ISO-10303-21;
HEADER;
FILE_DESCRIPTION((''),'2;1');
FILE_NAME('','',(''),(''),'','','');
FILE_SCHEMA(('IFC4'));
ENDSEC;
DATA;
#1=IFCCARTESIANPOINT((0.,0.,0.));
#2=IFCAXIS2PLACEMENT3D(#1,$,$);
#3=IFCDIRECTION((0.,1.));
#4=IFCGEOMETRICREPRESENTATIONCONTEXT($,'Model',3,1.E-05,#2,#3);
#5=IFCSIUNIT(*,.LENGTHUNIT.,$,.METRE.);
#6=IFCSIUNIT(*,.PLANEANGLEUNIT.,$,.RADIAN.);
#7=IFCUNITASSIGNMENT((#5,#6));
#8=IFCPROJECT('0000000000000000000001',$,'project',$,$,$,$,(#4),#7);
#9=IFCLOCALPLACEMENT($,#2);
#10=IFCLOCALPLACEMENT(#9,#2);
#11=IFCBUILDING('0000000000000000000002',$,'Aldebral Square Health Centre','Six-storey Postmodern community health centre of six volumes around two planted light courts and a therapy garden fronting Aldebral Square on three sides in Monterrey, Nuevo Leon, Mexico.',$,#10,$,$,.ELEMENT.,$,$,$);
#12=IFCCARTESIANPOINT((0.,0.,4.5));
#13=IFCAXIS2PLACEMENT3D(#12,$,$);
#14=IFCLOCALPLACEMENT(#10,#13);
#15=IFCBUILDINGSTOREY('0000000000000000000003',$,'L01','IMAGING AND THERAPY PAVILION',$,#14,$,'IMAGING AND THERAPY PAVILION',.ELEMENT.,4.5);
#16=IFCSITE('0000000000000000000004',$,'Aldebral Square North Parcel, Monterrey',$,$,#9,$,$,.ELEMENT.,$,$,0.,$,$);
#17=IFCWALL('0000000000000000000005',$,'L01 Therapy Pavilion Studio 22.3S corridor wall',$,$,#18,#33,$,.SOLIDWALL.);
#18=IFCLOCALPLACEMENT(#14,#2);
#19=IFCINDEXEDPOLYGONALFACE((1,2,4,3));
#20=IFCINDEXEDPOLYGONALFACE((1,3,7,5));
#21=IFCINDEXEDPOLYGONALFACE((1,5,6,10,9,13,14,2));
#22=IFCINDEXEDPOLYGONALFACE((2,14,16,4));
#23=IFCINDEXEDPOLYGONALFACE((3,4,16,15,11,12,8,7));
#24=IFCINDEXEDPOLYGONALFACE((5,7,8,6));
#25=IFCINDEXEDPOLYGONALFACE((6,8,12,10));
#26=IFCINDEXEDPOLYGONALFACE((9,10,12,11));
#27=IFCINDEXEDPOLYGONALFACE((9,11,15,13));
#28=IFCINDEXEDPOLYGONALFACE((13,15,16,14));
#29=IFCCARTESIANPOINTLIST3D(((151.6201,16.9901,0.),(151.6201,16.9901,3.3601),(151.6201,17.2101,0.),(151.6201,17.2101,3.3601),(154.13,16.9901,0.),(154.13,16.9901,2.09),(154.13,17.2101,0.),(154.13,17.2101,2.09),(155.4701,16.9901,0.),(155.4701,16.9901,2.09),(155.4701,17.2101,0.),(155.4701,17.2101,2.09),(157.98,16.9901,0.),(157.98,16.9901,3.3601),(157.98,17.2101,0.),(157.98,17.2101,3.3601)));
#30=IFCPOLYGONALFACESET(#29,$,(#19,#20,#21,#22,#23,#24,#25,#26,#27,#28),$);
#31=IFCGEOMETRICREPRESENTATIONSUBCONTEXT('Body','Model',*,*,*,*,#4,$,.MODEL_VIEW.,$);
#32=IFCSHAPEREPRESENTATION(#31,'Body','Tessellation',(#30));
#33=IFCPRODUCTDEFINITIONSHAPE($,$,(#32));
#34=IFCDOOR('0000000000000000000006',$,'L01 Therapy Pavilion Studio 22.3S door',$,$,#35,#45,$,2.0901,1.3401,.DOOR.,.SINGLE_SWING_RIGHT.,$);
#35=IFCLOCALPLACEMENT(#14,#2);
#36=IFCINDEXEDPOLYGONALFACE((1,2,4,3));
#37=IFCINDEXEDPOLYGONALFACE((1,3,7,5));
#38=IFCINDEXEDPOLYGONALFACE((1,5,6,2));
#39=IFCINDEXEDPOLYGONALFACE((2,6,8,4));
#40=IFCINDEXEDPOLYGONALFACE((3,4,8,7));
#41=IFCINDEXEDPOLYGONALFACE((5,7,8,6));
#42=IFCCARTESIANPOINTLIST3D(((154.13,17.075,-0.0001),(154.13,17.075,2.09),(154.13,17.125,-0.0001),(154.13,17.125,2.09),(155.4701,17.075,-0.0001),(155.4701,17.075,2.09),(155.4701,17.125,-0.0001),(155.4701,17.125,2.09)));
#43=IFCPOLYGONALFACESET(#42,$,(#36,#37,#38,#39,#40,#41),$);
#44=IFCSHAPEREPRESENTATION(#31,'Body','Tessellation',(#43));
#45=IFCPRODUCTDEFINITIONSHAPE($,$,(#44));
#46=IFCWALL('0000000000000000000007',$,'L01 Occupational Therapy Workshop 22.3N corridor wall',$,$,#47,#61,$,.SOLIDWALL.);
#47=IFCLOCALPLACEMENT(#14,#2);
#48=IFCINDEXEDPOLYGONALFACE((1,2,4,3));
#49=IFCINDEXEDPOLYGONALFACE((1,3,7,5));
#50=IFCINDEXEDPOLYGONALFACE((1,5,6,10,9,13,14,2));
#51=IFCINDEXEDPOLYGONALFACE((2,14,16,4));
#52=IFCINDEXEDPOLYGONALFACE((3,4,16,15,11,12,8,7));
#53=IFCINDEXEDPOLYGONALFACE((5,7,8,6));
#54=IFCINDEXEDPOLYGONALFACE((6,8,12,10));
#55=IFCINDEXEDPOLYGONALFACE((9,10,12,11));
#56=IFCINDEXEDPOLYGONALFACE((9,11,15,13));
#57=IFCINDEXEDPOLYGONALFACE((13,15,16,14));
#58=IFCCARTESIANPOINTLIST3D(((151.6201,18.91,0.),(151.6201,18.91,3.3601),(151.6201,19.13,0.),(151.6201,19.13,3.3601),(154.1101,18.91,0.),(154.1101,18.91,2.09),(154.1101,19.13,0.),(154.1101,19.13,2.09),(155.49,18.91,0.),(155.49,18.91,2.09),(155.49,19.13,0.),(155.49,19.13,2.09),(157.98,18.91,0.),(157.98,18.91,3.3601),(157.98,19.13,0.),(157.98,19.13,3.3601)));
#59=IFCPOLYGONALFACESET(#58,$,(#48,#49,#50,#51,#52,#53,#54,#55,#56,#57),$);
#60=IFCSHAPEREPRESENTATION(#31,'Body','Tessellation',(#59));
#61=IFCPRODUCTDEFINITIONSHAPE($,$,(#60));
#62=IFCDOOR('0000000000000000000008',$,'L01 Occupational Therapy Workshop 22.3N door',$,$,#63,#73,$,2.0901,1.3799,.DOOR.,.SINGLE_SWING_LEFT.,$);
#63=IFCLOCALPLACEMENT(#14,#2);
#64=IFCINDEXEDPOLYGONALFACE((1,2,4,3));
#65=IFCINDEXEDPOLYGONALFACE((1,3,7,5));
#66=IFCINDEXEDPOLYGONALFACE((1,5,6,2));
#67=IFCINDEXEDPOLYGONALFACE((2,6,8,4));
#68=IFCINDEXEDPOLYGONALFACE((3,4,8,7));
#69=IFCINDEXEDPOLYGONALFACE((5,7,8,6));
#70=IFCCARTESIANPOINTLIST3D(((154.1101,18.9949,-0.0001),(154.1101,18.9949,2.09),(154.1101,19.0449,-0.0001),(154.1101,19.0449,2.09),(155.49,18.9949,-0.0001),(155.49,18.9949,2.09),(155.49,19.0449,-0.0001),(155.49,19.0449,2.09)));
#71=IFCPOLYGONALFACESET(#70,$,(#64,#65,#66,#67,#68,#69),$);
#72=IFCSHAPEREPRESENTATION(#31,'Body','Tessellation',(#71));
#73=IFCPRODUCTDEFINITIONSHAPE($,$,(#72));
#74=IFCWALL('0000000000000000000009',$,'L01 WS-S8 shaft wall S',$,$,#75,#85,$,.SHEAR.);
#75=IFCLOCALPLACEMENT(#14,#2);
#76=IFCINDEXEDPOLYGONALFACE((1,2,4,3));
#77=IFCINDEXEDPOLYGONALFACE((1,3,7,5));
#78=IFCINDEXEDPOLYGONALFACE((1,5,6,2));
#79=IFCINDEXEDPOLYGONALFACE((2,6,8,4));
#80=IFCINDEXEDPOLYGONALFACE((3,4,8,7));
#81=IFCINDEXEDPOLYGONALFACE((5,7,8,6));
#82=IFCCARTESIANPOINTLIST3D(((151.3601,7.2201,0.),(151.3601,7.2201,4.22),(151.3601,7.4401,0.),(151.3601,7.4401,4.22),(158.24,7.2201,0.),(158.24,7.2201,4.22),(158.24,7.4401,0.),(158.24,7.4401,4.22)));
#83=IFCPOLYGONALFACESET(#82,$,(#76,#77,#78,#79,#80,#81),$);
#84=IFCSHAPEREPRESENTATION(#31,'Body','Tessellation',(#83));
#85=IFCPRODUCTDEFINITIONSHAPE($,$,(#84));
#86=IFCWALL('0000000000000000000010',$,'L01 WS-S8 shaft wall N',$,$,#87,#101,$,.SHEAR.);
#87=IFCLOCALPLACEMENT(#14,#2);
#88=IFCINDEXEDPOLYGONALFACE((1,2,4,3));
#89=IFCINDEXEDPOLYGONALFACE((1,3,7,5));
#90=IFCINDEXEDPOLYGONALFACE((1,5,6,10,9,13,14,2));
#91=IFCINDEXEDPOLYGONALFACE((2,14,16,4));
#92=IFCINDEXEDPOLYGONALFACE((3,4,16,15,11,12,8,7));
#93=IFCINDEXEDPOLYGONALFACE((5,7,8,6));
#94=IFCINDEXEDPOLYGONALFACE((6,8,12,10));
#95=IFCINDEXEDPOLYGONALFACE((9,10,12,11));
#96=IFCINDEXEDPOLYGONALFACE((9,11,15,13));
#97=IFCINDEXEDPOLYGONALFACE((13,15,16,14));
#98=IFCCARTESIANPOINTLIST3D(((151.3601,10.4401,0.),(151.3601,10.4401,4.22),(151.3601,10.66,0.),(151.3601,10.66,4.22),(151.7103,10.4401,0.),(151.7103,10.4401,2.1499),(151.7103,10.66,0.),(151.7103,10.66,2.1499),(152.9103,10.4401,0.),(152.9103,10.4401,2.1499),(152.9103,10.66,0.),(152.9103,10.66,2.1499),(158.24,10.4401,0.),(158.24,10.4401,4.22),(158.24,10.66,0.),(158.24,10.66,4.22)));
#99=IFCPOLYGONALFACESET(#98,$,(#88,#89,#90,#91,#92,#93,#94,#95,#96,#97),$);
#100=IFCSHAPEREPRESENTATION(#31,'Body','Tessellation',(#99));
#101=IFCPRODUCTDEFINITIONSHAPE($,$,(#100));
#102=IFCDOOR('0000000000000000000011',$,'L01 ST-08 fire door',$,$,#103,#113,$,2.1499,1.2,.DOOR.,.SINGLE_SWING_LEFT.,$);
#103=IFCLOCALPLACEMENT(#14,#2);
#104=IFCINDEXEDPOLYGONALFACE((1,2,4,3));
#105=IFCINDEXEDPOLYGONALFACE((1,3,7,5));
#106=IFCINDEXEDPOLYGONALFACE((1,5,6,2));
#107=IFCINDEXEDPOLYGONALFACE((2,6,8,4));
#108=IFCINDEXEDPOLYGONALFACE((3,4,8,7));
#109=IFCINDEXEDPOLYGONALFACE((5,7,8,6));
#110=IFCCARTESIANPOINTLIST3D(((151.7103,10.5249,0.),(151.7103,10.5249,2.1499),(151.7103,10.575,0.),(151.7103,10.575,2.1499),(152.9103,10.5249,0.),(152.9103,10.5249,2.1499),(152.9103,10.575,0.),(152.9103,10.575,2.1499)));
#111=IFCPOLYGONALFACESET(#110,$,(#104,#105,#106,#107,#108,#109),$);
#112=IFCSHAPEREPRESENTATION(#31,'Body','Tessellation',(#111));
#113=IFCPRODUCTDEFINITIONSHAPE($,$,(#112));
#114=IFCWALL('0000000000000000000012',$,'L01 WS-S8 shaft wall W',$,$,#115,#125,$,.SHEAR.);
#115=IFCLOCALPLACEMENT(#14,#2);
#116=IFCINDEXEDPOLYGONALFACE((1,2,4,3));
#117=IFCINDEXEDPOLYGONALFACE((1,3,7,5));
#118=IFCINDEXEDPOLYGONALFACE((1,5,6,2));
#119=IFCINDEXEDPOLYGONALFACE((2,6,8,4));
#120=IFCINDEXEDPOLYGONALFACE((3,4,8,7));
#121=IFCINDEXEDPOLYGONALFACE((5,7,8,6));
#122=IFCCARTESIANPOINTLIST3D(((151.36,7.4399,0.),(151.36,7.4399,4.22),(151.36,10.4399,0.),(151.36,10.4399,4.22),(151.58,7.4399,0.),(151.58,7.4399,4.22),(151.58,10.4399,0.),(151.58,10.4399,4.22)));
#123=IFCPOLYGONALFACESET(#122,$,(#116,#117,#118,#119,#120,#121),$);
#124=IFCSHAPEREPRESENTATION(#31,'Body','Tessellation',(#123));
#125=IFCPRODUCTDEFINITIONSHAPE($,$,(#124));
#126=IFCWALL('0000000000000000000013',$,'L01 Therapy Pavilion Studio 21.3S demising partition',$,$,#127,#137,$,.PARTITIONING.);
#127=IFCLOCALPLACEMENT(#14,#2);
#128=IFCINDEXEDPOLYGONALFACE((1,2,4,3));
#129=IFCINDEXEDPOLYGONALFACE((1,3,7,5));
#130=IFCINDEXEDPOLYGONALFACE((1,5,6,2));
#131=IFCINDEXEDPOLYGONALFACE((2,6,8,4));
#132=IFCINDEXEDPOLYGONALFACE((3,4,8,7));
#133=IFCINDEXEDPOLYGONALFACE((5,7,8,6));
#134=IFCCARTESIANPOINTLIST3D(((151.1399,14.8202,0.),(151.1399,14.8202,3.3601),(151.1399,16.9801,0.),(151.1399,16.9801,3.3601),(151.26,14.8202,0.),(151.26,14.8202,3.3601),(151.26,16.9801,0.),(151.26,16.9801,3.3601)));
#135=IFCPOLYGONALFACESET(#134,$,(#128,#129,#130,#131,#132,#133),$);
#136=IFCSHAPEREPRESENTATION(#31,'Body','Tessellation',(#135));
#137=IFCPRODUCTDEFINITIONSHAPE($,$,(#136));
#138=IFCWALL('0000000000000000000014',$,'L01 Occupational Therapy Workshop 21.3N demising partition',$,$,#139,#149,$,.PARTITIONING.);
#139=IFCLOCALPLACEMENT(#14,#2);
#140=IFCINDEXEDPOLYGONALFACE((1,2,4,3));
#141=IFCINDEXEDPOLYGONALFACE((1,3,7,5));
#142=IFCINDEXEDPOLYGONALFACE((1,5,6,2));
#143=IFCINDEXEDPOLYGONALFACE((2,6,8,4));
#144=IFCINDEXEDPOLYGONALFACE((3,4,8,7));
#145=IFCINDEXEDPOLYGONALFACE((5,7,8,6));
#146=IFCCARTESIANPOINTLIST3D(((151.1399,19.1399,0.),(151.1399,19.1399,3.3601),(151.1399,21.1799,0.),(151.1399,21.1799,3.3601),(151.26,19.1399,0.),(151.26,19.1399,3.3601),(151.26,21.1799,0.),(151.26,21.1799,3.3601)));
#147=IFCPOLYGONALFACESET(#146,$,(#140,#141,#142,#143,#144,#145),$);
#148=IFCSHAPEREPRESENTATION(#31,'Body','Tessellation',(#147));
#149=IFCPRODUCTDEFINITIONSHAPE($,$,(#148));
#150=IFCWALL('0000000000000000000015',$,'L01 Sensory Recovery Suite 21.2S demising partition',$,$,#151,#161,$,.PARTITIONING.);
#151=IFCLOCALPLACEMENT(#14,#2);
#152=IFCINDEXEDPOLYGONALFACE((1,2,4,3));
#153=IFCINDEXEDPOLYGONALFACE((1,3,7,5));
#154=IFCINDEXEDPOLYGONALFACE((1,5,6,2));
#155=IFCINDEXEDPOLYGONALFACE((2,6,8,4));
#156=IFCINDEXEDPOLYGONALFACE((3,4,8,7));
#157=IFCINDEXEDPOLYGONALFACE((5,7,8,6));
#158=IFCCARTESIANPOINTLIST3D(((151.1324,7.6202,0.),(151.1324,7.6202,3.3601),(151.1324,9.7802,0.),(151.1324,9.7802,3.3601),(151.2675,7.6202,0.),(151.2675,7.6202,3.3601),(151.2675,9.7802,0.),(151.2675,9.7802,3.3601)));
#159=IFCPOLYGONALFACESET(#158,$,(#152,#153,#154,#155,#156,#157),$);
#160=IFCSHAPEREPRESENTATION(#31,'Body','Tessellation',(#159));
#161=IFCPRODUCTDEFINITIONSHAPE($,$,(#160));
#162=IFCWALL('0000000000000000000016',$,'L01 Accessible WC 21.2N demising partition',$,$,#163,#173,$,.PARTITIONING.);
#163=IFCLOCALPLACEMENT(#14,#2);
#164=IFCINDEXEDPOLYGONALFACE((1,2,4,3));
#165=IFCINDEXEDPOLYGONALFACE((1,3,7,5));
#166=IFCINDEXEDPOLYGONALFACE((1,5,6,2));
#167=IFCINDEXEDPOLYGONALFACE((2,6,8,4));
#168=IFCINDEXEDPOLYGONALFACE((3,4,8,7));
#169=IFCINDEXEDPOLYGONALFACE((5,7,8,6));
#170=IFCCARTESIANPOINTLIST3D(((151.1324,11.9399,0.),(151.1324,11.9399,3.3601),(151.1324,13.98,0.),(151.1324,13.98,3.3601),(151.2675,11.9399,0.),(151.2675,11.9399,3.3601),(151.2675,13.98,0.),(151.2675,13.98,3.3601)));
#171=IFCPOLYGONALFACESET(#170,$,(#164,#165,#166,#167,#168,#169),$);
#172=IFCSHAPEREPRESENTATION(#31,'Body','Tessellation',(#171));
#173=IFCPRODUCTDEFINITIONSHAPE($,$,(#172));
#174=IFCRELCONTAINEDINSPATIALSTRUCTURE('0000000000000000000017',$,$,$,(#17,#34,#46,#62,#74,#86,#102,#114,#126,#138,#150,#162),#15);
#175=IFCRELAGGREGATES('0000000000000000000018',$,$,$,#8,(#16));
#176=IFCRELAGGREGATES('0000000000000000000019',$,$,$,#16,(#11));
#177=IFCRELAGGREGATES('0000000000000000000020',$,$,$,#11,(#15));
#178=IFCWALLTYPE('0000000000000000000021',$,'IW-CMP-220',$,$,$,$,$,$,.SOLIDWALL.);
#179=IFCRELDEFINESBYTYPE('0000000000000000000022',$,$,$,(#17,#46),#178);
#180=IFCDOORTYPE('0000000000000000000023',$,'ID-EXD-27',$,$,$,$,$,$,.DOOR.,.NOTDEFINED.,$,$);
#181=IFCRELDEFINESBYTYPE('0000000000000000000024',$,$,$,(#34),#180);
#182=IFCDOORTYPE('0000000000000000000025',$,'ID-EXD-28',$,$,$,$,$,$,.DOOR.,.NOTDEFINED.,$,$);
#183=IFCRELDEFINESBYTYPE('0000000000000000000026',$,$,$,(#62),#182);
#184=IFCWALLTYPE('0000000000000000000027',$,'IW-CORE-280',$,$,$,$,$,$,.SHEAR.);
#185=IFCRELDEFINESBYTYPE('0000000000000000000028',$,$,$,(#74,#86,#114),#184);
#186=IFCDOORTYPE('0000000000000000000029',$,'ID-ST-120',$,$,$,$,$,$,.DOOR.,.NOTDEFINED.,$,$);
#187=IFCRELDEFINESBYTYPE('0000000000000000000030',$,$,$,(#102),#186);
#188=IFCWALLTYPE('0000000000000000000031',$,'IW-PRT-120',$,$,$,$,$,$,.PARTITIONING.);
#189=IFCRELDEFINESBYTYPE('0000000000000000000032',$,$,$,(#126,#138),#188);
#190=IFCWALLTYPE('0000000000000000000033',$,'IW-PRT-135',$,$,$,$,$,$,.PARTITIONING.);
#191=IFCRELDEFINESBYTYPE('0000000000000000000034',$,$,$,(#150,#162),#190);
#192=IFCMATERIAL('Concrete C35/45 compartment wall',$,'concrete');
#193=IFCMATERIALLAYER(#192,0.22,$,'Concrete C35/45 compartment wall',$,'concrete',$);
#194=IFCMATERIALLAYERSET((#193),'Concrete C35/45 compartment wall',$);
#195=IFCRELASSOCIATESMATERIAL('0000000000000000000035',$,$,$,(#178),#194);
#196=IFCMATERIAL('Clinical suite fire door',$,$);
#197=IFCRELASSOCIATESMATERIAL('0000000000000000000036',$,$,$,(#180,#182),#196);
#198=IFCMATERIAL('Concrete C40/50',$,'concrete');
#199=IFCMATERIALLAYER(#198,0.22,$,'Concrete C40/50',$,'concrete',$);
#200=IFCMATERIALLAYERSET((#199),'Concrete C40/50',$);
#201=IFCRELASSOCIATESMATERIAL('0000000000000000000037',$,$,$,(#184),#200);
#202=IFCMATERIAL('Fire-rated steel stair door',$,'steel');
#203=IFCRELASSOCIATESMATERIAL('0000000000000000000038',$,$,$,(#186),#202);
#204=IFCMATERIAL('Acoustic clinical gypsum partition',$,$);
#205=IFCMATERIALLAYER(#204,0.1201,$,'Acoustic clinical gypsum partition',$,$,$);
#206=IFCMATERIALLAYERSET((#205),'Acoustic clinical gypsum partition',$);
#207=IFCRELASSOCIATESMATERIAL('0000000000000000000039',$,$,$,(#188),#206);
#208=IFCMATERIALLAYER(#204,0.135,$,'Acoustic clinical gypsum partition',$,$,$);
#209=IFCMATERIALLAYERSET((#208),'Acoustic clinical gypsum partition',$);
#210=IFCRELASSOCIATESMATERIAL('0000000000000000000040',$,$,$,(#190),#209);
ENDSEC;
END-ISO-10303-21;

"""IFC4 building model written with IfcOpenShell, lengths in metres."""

from ifc_helpers import new_model, si_unit, direction, frame, frame_2d, origin, place, context, subcontext, project, spatial, rectangle, extrude, material, layer, layer_set, type_object, element, fill, save


model = new_model("IFC4")

# Units and contexts
model_context = context("Model", 3, precision=1e-05, world=origin(), true_north=direction((0.0, 1.0)))
body_context = subcontext(model_context, "Body", "Model", "MODEL_VIEW")
ifc_project = project(units=[si_unit("LENGTHUNIT", "METRE"), si_unit("PLANEANGLEUNIT", "RADIAN")], contexts=[model_context])

# Site, building, storey
site_placement = place(None, origin())
site = spatial("IfcSite", under=ifc_project, at=site_placement, Name="Aldebral Square North Parcel, Monterrey", CompositionType="ELEMENT", RefElevation=0.0)
building_placement = place(site_placement, origin())
building = spatial("IfcBuilding", under=site, at=building_placement, Name="Aldebral Square Health Centre", Description="Six-storey Postmodern community health centre of six volumes around two planted light courts and a therapy garden fronting Aldebral Square on three sides in Monterrey, Nuevo Leon, Mexico.", CompositionType="ELEMENT")
storey_placement = place(building_placement, frame((0.0, 0.0, 4.5)))
storey = spatial("IfcBuildingStorey", under=building, at=storey_placement, Name="L01", Description="IMAGING AND THERAPY PAVILION", LongName="IMAGING AND THERAPY PAVILION", CompositionType="ELEMENT", Elevation=4.5)

# Shared definitions
ifc_material_1 = material(Name="Concrete C40/50", Category="concrete")

# Walls, openings, doors
ifc_material_2 = material(Name="Concrete C35/45 compartment wall", Category="concrete")
ifc_layer_1 = layer(ifc_material_2, 0.22, Name="Concrete C35/45 compartment wall", Category="concrete")
ifc_layer_set_1 = layer_set([ifc_layer_1], Name="Concrete C35/45 compartment wall")
wall_type_1 = type_object("IfcWallType", Name="IW-CMP-220", PredefinedType="SOLIDWALL", material=ifc_layer_set_1)
wall_1_placement = place(storey_placement, frame((151.6201, 17.1001, 0.0), z_axis=(0.0, 0.0, 1.0), x_axis=(1.0, 0.0, 0.0)))
wall_1 = element("IfcWall", 1, at=wall_1_placement, inside=storey, type_object=wall_type_1, Name="L01 Therapy Pavilion Studio 22.3S corridor wall", PredefinedType="SOLIDWALL", context=body_context, shape_type="SweptSolid", body=[
    extrude(rectangle(XDim=6.3599, YDim=0.22, at=frame_2d((3.1799, 0.0))), origin(), (0.0, 0.0, 1.0), 3.3601),
])
opening_1_placement = place(wall_1_placement, frame((2.51, 0.0, 0.0)))
opening_1 = element("IfcOpeningElement", 2, at=opening_1_placement, cuts=wall_1, PredefinedType="OPENING", context=body_context, shape_type="SweptSolid", body=[
    extrude(rectangle(XDim=1.3401, YDim=2.0901, at=frame_2d((0.6699, 1.0449))), frame((0.0, 0.1201, 0.0), z_axis=(0.0, -1.0, 0.0), x_axis=(1.0, 0.0, 0.0)), (0.0, 0.0, 1.0), 0.24),
])
ifc_material_3 = material(Name="Clinical suite fire door")
door_type_1 = type_object("IfcDoorType", Name="ID-EXD-27", OperationType="NOTDEFINED", PredefinedType="DOOR", material=ifc_material_3)
door_1_placement = place(opening_1_placement, origin())
door_1 = element("IfcDoor", 3, at=door_1_placement, inside=storey, type_object=door_type_1, Name="L01 Therapy Pavilion Studio 22.3S door", OperationType="SINGLE_SWING_RIGHT", OverallHeight=2.0901, OverallWidth=1.3401, PredefinedType="DOOR", context=body_context, shape_type="SweptSolid", body=[
    extrude(rectangle(XDim=1.3401, YDim=2.0901, at=frame_2d((0.6699, 1.0449))), frame((0.0, 0.0249, 0.0), z_axis=(0.0, -1.0, 0.0), x_axis=(1.0, 0.0, 0.0)), (0.0, 0.0, 1.0), 0.05),
])
fill(opening_1, door_1)
wall_2_placement = place(storey_placement, frame((151.6201, 19.02, 0.0), z_axis=(0.0, 0.0, 1.0), x_axis=(1.0, 0.0, 0.0)))
wall_2 = element("IfcWall", 4, at=wall_2_placement, inside=storey, type_object=wall_type_1, Name="L01 Occupational Therapy Workshop 22.3N corridor wall", PredefinedType="SOLIDWALL", context=body_context, shape_type="SweptSolid", body=[
    extrude(rectangle(XDim=6.3599, YDim=0.22, at=frame_2d((3.1799, 0.0))), origin(), (0.0, 0.0, 1.0), 3.3601),
])
opening_2_placement = place(wall_2_placement, frame((2.49, 0.0, 0.0)))
opening_2 = element("IfcOpeningElement", 5, at=opening_2_placement, cuts=wall_2, PredefinedType="OPENING", context=body_context, shape_type="SweptSolid", body=[
    extrude(rectangle(XDim=1.3799, YDim=2.0901, at=frame_2d((0.6899, 1.0449))), frame((0.0, 0.1201, 0.0), z_axis=(0.0, -1.0, 0.0), x_axis=(1.0, 0.0, 0.0)), (0.0, 0.0, 1.0), 0.24),
])
door_type_2 = type_object("IfcDoorType", Name="ID-EXD-28", OperationType="NOTDEFINED", PredefinedType="DOOR", material=ifc_material_3)
door_2_placement = place(opening_2_placement, origin())
door_2 = element("IfcDoor", 6, at=door_2_placement, inside=storey, type_object=door_type_2, Name="L01 Occupational Therapy Workshop 22.3N door", OperationType="SINGLE_SWING_LEFT", OverallHeight=2.0901, OverallWidth=1.3799, PredefinedType="DOOR", context=body_context, shape_type="SweptSolid", body=[
    extrude(rectangle(XDim=1.3799, YDim=2.0901, at=frame_2d((0.6899, 1.0449))), frame((0.0, 0.0249, 0.0), z_axis=(0.0, -1.0, 0.0), x_axis=(1.0, 0.0, 0.0)), (0.0, 0.0, 1.0), 0.05),
])
fill(opening_2, door_2)

# Wall
ifc_layer_2 = layer(ifc_material_1, 0.22, Name="Concrete C40/50", Category="concrete")
ifc_layer_set_2 = layer_set([ifc_layer_2], Name="Concrete C40/50")
wall_type_2 = type_object("IfcWallType", Name="IW-CORE-280", PredefinedType="SHEAR", material=ifc_layer_set_2)
wall_3_placement = place(storey_placement, frame((151.3601, 7.3301, 0.0), z_axis=(0.0, 0.0, 1.0), x_axis=(1.0, 0.0, 0.0)))
element("IfcWall", 7, at=wall_3_placement, inside=storey, type_object=wall_type_2, Name="L01 WS-S8 shaft wall S", PredefinedType="SHEAR", context=body_context, shape_type="SweptSolid", body=[
    extrude(rectangle(XDim=6.8799, YDim=0.22, at=frame_2d((3.4399, 0.0))), origin(), (0.0, 0.0, 1.0), 4.22),
])

# Wall, opening, door
wall_4_placement = place(storey_placement, frame((151.3601, 10.55, 0.0), z_axis=(0.0, 0.0, 1.0), x_axis=(1.0, 0.0, 0.0)))
wall_4 = element("IfcWall", 8, at=wall_4_placement, inside=storey, type_object=wall_type_2, Name="L01 WS-S8 shaft wall N", PredefinedType="SHEAR", context=body_context, shape_type="SweptSolid", body=[
    extrude(rectangle(XDim=6.8799, YDim=0.22, at=frame_2d((3.4399, 0.0))), origin(), (0.0, 0.0, 1.0), 4.22),
])
opening_3_placement = place(wall_4_placement, frame((0.3501, 0.0, 0.0)))
opening_3 = element("IfcOpeningElement", 9, at=opening_3_placement, cuts=wall_4, PredefinedType="OPENING", context=body_context, shape_type="SweptSolid", body=[
    extrude(rectangle(XDim=1.2, YDim=2.1499, at=frame_2d((0.6001, 1.075))), frame((0.0, 0.1201, 0.0), z_axis=(0.0, -1.0, 0.0), x_axis=(1.0, 0.0, 0.0)), (0.0, 0.0, 1.0), 0.24),
])
ifc_material_4 = material(Name="Fire-rated steel stair door", Category="steel")
door_type_3 = type_object("IfcDoorType", Name="ID-ST-120", OperationType="NOTDEFINED", PredefinedType="DOOR", material=ifc_material_4)
door_3_placement = place(opening_3_placement, origin())
door_3 = element("IfcDoor", 10, at=door_3_placement, inside=storey, type_object=door_type_3, Name="L01 ST-08 fire door", OperationType="SINGLE_SWING_LEFT", OverallHeight=2.1499, OverallWidth=1.2, PredefinedType="DOOR", context=body_context, shape_type="SweptSolid", body=[
    extrude(rectangle(XDim=1.2, YDim=2.1499, at=frame_2d((0.6001, 1.075))), frame((0.0, 0.0249, 0.0), z_axis=(0.0, -1.0, 0.0), x_axis=(1.0, 0.0, 0.0)), (0.0, 0.0, 1.0), 0.05),
])
fill(opening_3, door_3)

# Walls
wall_5_placement = place(storey_placement, frame((151.47, 7.4399, 0.0), z_axis=(0.0, 0.0, 1.0), x_axis=(0.0, 1.0, 0.0)))
element("IfcWall", 11, at=wall_5_placement, inside=storey, type_object=wall_type_2, Name="L01 WS-S8 shaft wall W", PredefinedType="SHEAR", context=body_context, shape_type="SweptSolid", body=[
    extrude(rectangle(XDim=3.0, YDim=0.22, at=frame_2d((1.5, 0.0))), origin(), (0.0, 0.0, 1.0), 4.22),
])
ifc_material_5 = material(Name="Acoustic clinical gypsum partition")
ifc_layer_3 = layer(ifc_material_5, 0.1201, Name="Acoustic clinical gypsum partition")
ifc_layer_set_3 = layer_set([ifc_layer_3], Name="Acoustic clinical gypsum partition")
wall_type_3 = type_object("IfcWallType", Name="IW-PRT-120", PredefinedType="PARTITIONING", material=ifc_layer_set_3)
wall_6_placement = place(storey_placement, frame((151.2, 14.8201, 0.0), z_axis=(0.0, 0.0, 1.0), x_axis=(0.0, 1.0, 0.0)))
element("IfcWall", 12, at=wall_6_placement, inside=storey, type_object=wall_type_3, Name="L01 Therapy Pavilion Studio 21.3S demising partition", PredefinedType="PARTITIONING", context=body_context, shape_type="SweptSolid", body=[
    extrude(rectangle(XDim=2.1599, YDim=0.1201, at=frame_2d((1.0801, 0.0))), origin(), (0.0, 0.0, 1.0), 3.3601),
])
wall_7_placement = place(storey_placement, frame((151.2, 19.1399, 0.0), z_axis=(0.0, 0.0, 1.0), x_axis=(0.0, 1.0, 0.0)))
element("IfcWall", 13, at=wall_7_placement, inside=storey, type_object=wall_type_3, Name="L01 Occupational Therapy Workshop 21.3N demising partition", PredefinedType="PARTITIONING", context=body_context, shape_type="SweptSolid", body=[
    extrude(rectangle(XDim=2.04, YDim=0.1201, at=frame_2d((1.02, 0.0))), origin(), (0.0, 0.0, 1.0), 3.3601),
])
ifc_layer_4 = layer(ifc_material_5, 0.135, Name="Acoustic clinical gypsum partition")
ifc_layer_set_4 = layer_set([ifc_layer_4], Name="Acoustic clinical gypsum partition")
wall_type_4 = type_object("IfcWallType", Name="IW-PRT-135", PredefinedType="PARTITIONING", material=ifc_layer_set_4)
wall_8_placement = place(storey_placement, frame((151.2, 7.6201, 0.0), z_axis=(0.0, 0.0, 1.0), x_axis=(0.0, 1.0, 0.0)))
element("IfcWall", 14, at=wall_8_placement, inside=storey, type_object=wall_type_4, Name="L01 Sensory Recovery Suite 21.2S demising partition", PredefinedType="PARTITIONING", context=body_context, shape_type="SweptSolid", body=[
    extrude(rectangle(XDim=2.1599, YDim=0.135, at=frame_2d((1.0801, 0.0))), origin(), (0.0, 0.0, 1.0), 3.3601),
])
wall_9_placement = place(storey_placement, frame((151.2, 11.9399, 0.0), z_axis=(0.0, 0.0, 1.0), x_axis=(0.0, 1.0, 0.0)))
element("IfcWall", 15, at=wall_9_placement, inside=storey, type_object=wall_type_4, Name="L01 Accessible WC 21.2N demising partition", PredefinedType="PARTITIONING", context=body_context, shape_type="SweptSolid", body=[
    extrude(rectangle(XDim=2.04, YDim=0.135, at=frame_2d((1.02, 0.0))), origin(), (0.0, 0.0, 1.0), 3.3601),
])

save(model, "model.ifc")
